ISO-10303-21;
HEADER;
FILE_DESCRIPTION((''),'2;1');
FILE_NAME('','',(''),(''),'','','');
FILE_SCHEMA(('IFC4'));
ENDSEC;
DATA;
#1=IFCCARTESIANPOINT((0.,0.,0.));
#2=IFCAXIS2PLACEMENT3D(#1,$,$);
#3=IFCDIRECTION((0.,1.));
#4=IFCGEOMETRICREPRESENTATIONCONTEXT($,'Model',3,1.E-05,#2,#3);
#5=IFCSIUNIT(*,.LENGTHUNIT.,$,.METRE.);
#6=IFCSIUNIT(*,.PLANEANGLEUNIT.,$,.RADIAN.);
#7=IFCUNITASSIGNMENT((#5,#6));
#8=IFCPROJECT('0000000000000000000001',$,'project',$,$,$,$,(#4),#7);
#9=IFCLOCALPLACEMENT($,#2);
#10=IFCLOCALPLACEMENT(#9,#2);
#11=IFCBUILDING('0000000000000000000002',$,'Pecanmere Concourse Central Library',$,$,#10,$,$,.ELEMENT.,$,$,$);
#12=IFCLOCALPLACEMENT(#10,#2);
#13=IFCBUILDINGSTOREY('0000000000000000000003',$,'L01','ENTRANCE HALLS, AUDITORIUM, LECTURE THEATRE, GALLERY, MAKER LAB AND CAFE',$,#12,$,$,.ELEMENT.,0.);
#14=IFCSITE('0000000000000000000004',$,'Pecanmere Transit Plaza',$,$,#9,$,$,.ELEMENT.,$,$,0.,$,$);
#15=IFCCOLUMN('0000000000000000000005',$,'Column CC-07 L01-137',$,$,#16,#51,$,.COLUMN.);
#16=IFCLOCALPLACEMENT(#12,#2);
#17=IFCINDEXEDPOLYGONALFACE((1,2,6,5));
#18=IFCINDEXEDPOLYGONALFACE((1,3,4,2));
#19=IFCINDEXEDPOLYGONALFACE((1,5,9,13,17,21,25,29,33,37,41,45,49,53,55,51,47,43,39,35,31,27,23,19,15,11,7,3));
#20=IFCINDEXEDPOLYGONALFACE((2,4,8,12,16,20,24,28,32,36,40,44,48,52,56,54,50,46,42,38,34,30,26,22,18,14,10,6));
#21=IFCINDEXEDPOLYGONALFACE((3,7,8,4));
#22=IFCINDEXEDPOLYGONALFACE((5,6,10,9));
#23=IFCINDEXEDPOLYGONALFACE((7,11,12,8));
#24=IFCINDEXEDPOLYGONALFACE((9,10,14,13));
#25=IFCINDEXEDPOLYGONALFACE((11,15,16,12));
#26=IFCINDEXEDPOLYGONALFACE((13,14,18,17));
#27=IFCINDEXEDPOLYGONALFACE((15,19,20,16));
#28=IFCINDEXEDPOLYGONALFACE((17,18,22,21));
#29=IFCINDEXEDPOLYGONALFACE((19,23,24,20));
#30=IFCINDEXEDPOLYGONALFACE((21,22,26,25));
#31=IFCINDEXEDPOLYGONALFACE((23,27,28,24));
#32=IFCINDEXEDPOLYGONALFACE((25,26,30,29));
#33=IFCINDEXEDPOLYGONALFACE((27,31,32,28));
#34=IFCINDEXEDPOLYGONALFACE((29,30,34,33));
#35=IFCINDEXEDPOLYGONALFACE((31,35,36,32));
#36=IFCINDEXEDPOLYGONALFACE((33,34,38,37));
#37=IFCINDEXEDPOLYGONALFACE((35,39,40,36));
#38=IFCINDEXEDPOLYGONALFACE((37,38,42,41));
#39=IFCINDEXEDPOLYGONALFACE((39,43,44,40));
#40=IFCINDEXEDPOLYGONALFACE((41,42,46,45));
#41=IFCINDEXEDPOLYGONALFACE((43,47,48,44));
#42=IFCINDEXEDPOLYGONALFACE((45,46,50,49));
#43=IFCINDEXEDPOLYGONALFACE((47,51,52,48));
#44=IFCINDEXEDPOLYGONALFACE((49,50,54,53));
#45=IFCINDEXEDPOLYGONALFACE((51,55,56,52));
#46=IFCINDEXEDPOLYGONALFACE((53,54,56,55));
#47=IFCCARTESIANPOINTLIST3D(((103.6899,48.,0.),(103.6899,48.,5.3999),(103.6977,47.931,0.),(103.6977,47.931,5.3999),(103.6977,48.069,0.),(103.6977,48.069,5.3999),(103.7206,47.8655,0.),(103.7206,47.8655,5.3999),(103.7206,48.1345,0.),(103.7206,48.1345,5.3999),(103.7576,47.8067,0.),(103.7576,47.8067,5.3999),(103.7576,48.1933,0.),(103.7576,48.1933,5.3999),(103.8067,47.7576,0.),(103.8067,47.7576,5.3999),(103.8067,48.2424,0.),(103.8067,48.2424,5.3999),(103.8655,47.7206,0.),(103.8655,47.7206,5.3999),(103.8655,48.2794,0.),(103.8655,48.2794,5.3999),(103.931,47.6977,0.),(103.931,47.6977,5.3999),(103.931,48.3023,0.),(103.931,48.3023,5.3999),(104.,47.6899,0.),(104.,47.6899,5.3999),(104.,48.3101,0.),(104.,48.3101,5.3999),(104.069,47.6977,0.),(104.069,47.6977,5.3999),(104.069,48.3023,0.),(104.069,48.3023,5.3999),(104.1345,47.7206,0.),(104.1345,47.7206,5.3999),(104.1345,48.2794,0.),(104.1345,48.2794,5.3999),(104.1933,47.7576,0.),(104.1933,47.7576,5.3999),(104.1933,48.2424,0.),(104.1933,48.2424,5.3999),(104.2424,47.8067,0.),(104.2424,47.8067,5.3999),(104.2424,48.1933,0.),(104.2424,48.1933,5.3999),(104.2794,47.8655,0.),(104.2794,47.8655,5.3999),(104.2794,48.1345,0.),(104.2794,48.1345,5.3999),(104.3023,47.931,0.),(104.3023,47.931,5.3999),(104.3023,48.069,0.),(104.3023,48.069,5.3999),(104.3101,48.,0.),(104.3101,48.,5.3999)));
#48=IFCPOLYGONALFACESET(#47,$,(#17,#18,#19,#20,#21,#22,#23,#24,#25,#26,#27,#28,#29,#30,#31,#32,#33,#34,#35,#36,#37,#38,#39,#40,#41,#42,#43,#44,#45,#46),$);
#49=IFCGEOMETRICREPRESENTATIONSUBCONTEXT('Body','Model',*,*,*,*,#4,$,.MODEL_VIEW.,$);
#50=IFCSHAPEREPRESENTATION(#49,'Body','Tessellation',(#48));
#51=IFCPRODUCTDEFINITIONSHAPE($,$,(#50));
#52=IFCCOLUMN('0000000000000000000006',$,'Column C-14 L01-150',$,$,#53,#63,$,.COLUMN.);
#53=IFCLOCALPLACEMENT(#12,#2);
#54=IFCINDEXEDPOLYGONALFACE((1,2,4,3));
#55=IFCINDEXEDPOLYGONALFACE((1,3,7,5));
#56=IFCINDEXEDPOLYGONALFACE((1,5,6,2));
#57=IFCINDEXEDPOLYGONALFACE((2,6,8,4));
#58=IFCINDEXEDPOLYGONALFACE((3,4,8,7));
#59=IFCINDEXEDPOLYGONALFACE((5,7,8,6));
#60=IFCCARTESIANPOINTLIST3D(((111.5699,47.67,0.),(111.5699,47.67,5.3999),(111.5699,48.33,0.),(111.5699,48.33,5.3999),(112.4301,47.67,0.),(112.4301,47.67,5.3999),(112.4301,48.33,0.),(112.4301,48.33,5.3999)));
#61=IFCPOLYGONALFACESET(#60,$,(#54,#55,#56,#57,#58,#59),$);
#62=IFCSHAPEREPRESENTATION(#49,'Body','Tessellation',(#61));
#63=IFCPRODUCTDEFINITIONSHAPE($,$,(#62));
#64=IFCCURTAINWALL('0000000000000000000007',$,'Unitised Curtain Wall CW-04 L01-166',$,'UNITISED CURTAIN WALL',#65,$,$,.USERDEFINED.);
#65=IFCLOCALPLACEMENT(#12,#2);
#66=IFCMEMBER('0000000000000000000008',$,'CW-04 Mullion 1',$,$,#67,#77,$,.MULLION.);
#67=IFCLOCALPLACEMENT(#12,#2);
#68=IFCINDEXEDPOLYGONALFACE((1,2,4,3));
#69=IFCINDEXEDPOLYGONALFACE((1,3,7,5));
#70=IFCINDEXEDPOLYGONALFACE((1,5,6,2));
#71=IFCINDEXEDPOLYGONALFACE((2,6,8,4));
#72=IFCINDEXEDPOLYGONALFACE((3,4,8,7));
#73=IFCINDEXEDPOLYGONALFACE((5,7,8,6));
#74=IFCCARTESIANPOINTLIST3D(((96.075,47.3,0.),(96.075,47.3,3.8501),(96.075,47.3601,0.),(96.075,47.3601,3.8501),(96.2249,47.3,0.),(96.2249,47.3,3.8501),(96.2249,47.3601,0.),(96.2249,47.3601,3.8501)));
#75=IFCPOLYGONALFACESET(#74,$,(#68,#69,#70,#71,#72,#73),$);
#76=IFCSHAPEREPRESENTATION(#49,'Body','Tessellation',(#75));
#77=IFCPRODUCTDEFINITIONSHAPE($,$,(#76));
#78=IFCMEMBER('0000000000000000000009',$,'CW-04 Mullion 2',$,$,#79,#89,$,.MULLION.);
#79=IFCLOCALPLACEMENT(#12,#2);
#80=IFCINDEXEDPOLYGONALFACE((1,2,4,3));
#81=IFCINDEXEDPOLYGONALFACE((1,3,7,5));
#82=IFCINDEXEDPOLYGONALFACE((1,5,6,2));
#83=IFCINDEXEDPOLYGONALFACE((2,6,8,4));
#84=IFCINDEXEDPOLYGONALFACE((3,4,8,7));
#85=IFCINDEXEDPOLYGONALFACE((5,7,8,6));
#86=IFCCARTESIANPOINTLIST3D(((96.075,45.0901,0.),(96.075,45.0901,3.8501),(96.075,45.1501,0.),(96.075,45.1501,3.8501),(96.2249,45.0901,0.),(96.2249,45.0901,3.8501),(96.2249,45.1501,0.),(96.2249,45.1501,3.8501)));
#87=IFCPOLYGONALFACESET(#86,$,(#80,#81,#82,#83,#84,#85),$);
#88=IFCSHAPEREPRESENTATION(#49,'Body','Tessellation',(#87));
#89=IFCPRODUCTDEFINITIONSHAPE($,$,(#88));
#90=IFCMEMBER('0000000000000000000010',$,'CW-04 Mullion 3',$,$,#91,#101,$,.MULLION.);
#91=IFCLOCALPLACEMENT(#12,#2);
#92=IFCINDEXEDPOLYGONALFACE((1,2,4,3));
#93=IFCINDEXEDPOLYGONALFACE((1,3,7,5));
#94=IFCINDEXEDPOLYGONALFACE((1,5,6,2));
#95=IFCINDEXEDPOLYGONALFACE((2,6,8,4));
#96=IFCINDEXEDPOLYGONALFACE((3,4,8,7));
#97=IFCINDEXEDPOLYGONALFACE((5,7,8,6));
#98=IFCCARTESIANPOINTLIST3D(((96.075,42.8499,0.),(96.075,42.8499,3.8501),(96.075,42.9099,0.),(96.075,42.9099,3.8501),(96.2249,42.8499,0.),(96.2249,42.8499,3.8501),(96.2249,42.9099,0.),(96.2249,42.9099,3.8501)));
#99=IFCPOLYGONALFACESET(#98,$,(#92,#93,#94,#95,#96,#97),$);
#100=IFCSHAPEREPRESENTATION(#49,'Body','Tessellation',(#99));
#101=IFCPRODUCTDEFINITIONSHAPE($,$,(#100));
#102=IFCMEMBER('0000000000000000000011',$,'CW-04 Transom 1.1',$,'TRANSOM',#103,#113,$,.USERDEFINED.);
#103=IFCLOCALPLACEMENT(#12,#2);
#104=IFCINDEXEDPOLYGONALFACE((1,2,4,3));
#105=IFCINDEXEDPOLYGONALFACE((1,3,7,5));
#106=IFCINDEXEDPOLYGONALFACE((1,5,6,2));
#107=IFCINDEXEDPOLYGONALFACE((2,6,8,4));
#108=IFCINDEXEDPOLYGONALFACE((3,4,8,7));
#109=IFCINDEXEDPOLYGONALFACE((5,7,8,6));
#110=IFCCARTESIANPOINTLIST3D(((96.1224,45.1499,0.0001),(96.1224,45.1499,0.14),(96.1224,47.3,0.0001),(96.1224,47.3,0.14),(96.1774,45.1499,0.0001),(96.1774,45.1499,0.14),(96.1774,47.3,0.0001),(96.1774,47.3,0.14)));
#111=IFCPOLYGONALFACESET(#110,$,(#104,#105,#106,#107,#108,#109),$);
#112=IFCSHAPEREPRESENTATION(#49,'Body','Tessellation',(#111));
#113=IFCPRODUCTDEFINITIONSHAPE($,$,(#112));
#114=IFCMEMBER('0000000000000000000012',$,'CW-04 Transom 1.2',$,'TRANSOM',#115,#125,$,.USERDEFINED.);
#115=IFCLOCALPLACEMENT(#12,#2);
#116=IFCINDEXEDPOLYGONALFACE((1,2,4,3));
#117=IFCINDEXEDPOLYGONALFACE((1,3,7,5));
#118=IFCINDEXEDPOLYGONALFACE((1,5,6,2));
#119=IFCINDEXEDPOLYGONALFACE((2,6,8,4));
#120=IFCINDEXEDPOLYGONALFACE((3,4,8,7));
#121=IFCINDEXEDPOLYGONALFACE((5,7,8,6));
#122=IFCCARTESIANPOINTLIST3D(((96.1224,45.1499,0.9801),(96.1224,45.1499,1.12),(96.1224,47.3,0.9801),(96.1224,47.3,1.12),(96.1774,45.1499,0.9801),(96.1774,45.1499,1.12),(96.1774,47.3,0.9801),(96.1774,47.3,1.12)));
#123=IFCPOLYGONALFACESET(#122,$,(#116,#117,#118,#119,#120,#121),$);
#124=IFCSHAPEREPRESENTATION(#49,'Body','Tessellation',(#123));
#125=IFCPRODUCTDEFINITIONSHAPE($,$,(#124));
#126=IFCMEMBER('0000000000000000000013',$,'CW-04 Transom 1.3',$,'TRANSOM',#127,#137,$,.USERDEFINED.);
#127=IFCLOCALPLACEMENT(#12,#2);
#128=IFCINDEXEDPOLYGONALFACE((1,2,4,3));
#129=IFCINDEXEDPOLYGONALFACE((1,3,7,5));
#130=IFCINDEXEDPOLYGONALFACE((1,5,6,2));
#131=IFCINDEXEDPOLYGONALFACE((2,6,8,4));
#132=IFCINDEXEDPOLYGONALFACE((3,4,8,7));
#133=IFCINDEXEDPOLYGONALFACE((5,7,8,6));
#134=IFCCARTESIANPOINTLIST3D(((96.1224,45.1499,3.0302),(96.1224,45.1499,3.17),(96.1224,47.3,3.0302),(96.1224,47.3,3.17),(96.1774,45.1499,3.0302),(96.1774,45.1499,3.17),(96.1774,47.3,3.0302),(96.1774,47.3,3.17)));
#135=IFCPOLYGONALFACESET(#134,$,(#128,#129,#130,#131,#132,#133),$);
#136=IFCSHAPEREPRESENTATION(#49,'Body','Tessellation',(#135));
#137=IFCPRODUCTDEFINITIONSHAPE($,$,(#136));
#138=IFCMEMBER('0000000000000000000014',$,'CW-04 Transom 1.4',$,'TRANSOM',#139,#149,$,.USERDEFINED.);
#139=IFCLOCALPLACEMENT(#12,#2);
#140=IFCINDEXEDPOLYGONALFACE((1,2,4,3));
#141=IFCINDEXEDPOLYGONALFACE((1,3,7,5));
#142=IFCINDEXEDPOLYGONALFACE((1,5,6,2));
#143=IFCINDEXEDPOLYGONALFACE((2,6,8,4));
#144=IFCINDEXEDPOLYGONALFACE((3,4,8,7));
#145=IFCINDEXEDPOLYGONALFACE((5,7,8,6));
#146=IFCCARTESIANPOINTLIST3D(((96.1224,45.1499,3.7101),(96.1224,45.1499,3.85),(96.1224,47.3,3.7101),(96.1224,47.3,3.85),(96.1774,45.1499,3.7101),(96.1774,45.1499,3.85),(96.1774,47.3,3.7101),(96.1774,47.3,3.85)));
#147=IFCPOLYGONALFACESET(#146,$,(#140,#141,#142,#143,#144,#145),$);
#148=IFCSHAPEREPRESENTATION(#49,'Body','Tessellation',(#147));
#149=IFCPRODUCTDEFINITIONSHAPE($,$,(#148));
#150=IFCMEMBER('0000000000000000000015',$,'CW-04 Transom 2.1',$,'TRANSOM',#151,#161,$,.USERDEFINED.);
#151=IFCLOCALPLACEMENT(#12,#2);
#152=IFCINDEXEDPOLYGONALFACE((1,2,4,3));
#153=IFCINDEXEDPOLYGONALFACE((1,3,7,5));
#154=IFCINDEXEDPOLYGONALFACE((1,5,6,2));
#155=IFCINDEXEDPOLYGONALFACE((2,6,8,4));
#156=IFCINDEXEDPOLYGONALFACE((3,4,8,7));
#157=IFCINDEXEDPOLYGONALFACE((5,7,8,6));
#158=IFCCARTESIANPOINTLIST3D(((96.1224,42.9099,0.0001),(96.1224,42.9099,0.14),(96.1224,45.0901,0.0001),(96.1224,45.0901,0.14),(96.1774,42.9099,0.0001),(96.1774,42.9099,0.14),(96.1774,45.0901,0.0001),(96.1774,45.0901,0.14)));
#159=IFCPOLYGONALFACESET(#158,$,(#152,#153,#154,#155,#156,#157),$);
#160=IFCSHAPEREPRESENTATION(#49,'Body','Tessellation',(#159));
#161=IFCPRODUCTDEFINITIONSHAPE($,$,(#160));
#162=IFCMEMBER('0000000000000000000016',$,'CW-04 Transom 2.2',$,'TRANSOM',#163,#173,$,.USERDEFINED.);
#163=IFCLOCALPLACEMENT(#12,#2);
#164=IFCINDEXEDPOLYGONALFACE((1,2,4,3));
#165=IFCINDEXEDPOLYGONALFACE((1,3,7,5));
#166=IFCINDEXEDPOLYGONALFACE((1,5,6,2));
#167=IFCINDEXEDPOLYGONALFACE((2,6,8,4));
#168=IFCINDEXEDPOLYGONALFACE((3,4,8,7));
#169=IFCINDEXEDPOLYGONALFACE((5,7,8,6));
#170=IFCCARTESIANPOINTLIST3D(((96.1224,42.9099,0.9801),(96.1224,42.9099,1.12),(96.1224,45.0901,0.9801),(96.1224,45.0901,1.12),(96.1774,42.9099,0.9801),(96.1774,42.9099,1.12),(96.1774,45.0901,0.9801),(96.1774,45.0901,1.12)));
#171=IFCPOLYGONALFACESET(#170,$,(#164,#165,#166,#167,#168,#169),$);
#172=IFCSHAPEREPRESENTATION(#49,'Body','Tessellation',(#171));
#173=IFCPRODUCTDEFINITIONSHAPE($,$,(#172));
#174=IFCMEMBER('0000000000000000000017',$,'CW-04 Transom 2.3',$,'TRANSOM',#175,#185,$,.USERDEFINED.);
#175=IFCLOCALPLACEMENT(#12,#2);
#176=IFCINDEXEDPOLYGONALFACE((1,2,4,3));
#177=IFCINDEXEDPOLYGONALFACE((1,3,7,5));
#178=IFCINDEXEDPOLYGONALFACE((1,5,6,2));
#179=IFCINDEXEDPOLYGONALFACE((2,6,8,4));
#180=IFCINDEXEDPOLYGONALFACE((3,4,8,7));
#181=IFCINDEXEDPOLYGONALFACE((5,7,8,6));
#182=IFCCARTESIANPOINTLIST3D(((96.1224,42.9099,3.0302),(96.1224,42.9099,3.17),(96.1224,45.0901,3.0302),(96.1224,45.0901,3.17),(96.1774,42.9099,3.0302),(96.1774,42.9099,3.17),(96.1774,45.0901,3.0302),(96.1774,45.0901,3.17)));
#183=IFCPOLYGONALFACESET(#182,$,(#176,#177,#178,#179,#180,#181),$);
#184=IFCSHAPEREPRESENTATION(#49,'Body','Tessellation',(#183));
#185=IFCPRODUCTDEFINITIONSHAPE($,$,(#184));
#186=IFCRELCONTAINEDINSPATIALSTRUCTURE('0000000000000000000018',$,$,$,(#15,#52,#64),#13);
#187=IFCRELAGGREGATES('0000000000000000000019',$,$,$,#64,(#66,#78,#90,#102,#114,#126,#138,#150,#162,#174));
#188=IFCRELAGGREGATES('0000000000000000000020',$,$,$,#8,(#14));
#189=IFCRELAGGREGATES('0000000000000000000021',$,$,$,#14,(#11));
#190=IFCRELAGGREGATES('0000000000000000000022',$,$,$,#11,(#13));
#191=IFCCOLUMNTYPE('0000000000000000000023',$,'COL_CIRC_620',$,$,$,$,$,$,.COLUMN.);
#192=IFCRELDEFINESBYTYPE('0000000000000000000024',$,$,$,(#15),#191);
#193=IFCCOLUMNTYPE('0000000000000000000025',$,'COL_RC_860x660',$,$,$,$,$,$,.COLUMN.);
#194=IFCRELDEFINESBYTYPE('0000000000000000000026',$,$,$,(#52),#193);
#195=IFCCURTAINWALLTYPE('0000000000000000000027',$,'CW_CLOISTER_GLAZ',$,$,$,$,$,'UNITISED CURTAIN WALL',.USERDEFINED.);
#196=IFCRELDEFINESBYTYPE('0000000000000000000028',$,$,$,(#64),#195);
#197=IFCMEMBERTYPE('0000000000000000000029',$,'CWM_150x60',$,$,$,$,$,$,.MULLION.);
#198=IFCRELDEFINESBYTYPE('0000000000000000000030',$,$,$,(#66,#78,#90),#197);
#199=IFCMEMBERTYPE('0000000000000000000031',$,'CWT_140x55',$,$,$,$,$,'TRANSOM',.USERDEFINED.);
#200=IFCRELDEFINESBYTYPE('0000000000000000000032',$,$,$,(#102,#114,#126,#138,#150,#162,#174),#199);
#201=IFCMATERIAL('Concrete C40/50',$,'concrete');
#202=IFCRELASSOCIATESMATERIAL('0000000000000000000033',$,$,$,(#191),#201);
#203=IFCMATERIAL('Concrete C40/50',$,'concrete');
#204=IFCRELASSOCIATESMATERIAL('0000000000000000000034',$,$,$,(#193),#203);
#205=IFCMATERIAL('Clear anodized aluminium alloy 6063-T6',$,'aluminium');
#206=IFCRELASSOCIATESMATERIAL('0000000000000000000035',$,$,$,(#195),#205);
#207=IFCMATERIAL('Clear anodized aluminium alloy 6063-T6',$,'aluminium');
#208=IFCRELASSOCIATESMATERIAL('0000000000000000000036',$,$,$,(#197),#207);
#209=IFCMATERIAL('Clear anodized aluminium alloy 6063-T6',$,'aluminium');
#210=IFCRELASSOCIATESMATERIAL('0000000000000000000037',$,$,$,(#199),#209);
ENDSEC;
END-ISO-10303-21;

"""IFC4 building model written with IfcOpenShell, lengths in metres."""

from ifc_helpers import new_model, si_unit, direction, frame, origin, origin_2d, place, context, subcontext, project, spatial, rectangle, circle, extrude, material, material_profile, profile_set, type_object, element, aggregate, save


model = new_model("IFC4")

# Units and contexts
model_context = context("Model", 3, precision=1e-05, world=origin(), true_north=direction((0.0, 1.0)))
body_context = subcontext(model_context, "Body", "Model", "MODEL_VIEW")
ifc_project = project(units=[si_unit("LENGTHUNIT", "METRE"), si_unit("PLANEANGLEUNIT", "RADIAN")], contexts=[model_context])

# Site, building, storey
site_placement = place(None, origin())
site = spatial("IfcSite", under=ifc_project, at=site_placement, Name="Pecanmere Transit Plaza", CompositionType="ELEMENT", RefElevation=0.0)
building_placement = place(site_placement, origin())
building = spatial("IfcBuilding", under=site, at=building_placement, Name="Pecanmere Concourse Central Library", CompositionType="ELEMENT")
storey_placement = place(building_placement, origin())
storey = spatial("IfcBuildingStorey", under=building, at=storey_placement, Name="L01", Description="ENTRANCE HALLS, AUDITORIUM, LECTURE THEATRE, GALLERY, MAKER LAB AND CAFE", CompositionType="ELEMENT", Elevation=0.0)

# Columns
ifc_material_1 = material(Name="Concrete C40/50", Category="concrete")
ifc_material_profile_1 = material_profile(ifc_material_1, circle(Radius=0.3101, at=origin_2d()), Name="RC D620")
ifc_profile_set_1 = profile_set([ifc_material_profile_1], Name="Concrete C40/50")
column_type_1 = type_object("IfcColumnType", Name="COL_CIRC_620", PredefinedType="COLUMN", material=ifc_profile_set_1)
column_1_placement = place(storey_placement, frame((104.0, 48.0, 0.0), z_axis=(0.0, 0.0, 1.0), x_axis=(1.0, 0.0, 0.0)))
element("IfcColumn", 1, at=column_1_placement, inside=storey, type_object=column_type_1, Name="Column CC-07 L01-137", PredefinedType="COLUMN", context=body_context, shape_type="SweptSolid", body=[
    extrude(circle(Radius=0.3101, at=origin_2d()), origin(), (0.0, 0.0, 1.0), 5.3999),
])
ifc_material_2 = material(Name="Concrete C40/50", Category="concrete")
ifc_material_profile_2 = material_profile(ifc_material_2, rectangle(XDim=0.8601, YDim=0.6599, at=origin_2d()), Name="RC 860x660")
ifc_profile_set_2 = profile_set([ifc_material_profile_2], Name="Concrete C40/50")
column_type_2 = type_object("IfcColumnType", Name="COL_RC_860x660", PredefinedType="COLUMN", material=ifc_profile_set_2)
column_2_placement = place(storey_placement, frame((112.0, 48.0, 0.0), z_axis=(0.0, 0.0, 1.0), x_axis=(1.0, 0.0, 0.0)))
element("IfcColumn", 2, at=column_2_placement, inside=storey, type_object=column_type_2, Name="Column C-14 L01-150", PredefinedType="COLUMN", context=body_context, shape_type="SweptSolid", body=[
    extrude(rectangle(XDim=0.8601, YDim=0.6599, at=origin_2d()), origin(), (0.0, 0.0, 1.0), 5.3999),
])

# Curtain wall, members
ifc_material_3 = material(Name="Clear anodized aluminium alloy 6063-T6", Category="aluminium")
curtain_wall_type = type_object("IfcCurtainWallType", Name="CW_CLOISTER_GLAZ", ElementType="UNITISED CURTAIN WALL", PredefinedType="USERDEFINED", material=ifc_material_3)
curtain_wall_placement = place(storey_placement, origin())
curtain_wall = element("IfcCurtainWall", 3, at=curtain_wall_placement, inside=storey, type_object=curtain_wall_type, Name="Unitised Curtain Wall CW-04 L01-166", ObjectType="UNITISED CURTAIN WALL", PredefinedType="USERDEFINED")
ifc_material_4 = material(Name="Clear anodized aluminium alloy 6063-T6", Category="aluminium")
ifc_material_profile_3 = material_profile(ifc_material_4, rectangle(XDim=0.0601, YDim=0.1499, at=origin_2d()), Name="AL 60x150")
ifc_profile_set_3 = profile_set([ifc_material_profile_3], Name="Clear anodized aluminium alloy 6063-T6")
member_type_1 = type_object("IfcMemberType", Name="CWM_150x60", PredefinedType="MULLION", material=ifc_profile_set_3)
member_1_placement = place(storey_placement, frame((96.1499, 47.3301, 0.0), z_axis=(0.0, 0.0, 1.0), x_axis=(0.0, -1.0, 0.0)))
member_1 = element("IfcMember", 4, at=member_1_placement, type_object=member_type_1, Name="CW-04 Mullion 1", PredefinedType="MULLION", context=body_context, shape_type="SweptSolid", body=[
    extrude(rectangle(XDim=0.0601, YDim=0.1499, at=origin_2d()), origin(), (0.0, 0.0, 1.0), 3.8501),
])
member_2_placement = place(storey_placement, frame((96.1499, 45.1201, 0.0), z_axis=(0.0, 0.0, 1.0), x_axis=(0.0, -1.0, 0.0)))
member_2 = element("IfcMember", 5, at=member_2_placement, type_object=member_type_1, Name="CW-04 Mullion 2", PredefinedType="MULLION", context=body_context, shape_type="SweptSolid", body=[
    extrude(rectangle(XDim=0.0601, YDim=0.1499, at=origin_2d()), origin(), (0.0, 0.0, 1.0), 3.8501),
])
member_3_placement = place(storey_placement, frame((96.1499, 42.8799, 0.0), z_axis=(0.0, 0.0, 1.0), x_axis=(0.0, -1.0, 0.0)))
member_3 = element("IfcMember", 6, at=member_3_placement, type_object=member_type_1, Name="CW-04 Mullion 3", PredefinedType="MULLION", context=body_context, shape_type="SweptSolid", body=[
    extrude(rectangle(XDim=0.0601, YDim=0.1499, at=origin_2d()), origin(), (0.0, 0.0, 1.0), 3.8501),
])
ifc_material_5 = material(Name="Clear anodized aluminium alloy 6063-T6", Category="aluminium")
ifc_material_profile_4 = material_profile(ifc_material_5, rectangle(XDim=0.0549, YDim=0.1399, at=origin_2d()), Name="AL 55x140")
ifc_profile_set_4 = profile_set([ifc_material_profile_4], Name="Clear anodized aluminium alloy 6063-T6")
member_type_2 = type_object("IfcMemberType", Name="CWT_140x55", ElementType="TRANSOM", PredefinedType="USERDEFINED", material=ifc_profile_set_4)
member_4_placement = place(storey_placement, frame((96.1499, 47.3, 0.0701), z_axis=(0.0, -1.0, 0.0), x_axis=(1.0, 0.0, 0.0)))
member_4 = element("IfcMember", 7, at=member_4_placement, type_object=member_type_2, Name="CW-04 Transom 1.1", ObjectType="TRANSOM", PredefinedType="USERDEFINED", context=body_context, shape_type="SweptSolid", body=[
    extrude(rectangle(XDim=0.0549, YDim=0.1399, at=origin_2d()), origin(), (0.0, 0.0, 1.0), 2.1501),
])
member_5_placement = place(storey_placement, frame((96.1499, 47.3, 1.05), z_axis=(0.0, -1.0, 0.0), x_axis=(1.0, 0.0, 0.0)))
member_5 = element("IfcMember", 8, at=member_5_placement, type_object=member_type_2, Name="CW-04 Transom 1.2", ObjectType="TRANSOM", PredefinedType="USERDEFINED", context=body_context, shape_type="SweptSolid", body=[
    extrude(rectangle(XDim=0.0549, YDim=0.1399, at=origin_2d()), origin(), (0.0, 0.0, 1.0), 2.1501),
])
member_6_placement = place(storey_placement, frame((96.1499, 47.3, 3.1001), z_axis=(0.0, -1.0, 0.0), x_axis=(1.0, 0.0, 0.0)))
member_6 = element("IfcMember", 9, at=member_6_placement, type_object=member_type_2, Name="CW-04 Transom 1.3", ObjectType="TRANSOM", PredefinedType="USERDEFINED", context=body_context, shape_type="SweptSolid", body=[
    extrude(rectangle(XDim=0.0549, YDim=0.1399, at=origin_2d()), origin(), (0.0, 0.0, 1.0), 2.1501),
])
member_7_placement = place(storey_placement, frame((96.1499, 47.3, 3.78), z_axis=(0.0, -1.0, 0.0), x_axis=(1.0, 0.0, 0.0)))
member_7 = element("IfcMember", 10, at=member_7_placement, type_object=member_type_2, Name="CW-04 Transom 1.4", ObjectType="TRANSOM", PredefinedType="USERDEFINED", context=body_context, shape_type="SweptSolid", body=[
    extrude(rectangle(XDim=0.0549, YDim=0.1399, at=origin_2d()), origin(), (0.0, 0.0, 1.0), 2.1501),
])
member_8_placement = place(storey_placement, frame((96.1499, 45.0901, 0.0701), z_axis=(0.0, -1.0, 0.0), x_axis=(1.0, 0.0, 0.0)))
member_8 = element("IfcMember", 11, at=member_8_placement, type_object=member_type_2, Name="CW-04 Transom 2.1", ObjectType="TRANSOM", PredefinedType="USERDEFINED", context=body_context, shape_type="SweptSolid", body=[
    extrude(rectangle(XDim=0.0549, YDim=0.1399, at=origin_2d()), origin(), (0.0, 0.0, 1.0), 2.1802),
])
member_9_placement = place(storey_placement, frame((96.1499, 45.0901, 1.05), z_axis=(0.0, -1.0, 0.0), x_axis=(1.0, 0.0, 0.0)))
member_9 = element("IfcMember", 12, at=member_9_placement, type_object=member_type_2, Name="CW-04 Transom 2.2", ObjectType="TRANSOM", PredefinedType="USERDEFINED", context=body_context, shape_type="SweptSolid", body=[
    extrude(rectangle(XDim=0.0549, YDim=0.1399, at=origin_2d()), origin(), (0.0, 0.0, 1.0), 2.1802),
])
member_10_placement = place(storey_placement, frame((96.1499, 45.0901, 3.1001), z_axis=(0.0, -1.0, 0.0), x_axis=(1.0, 0.0, 0.0)))
member_10 = element("IfcMember", 13, at=member_10_placement, type_object=member_type_2, Name="CW-04 Transom 2.3", ObjectType="TRANSOM", PredefinedType="USERDEFINED", context=body_context, shape_type="SweptSolid", body=[
    extrude(rectangle(XDim=0.0549, YDim=0.1399, at=origin_2d()), origin(), (0.0, 0.0, 1.0), 2.1802),
])
aggregate(curtain_wall, [member_1, member_2, member_3, member_4, member_5, member_6, member_7, member_8, member_9, member_10])

save(model, "model.ifc")
